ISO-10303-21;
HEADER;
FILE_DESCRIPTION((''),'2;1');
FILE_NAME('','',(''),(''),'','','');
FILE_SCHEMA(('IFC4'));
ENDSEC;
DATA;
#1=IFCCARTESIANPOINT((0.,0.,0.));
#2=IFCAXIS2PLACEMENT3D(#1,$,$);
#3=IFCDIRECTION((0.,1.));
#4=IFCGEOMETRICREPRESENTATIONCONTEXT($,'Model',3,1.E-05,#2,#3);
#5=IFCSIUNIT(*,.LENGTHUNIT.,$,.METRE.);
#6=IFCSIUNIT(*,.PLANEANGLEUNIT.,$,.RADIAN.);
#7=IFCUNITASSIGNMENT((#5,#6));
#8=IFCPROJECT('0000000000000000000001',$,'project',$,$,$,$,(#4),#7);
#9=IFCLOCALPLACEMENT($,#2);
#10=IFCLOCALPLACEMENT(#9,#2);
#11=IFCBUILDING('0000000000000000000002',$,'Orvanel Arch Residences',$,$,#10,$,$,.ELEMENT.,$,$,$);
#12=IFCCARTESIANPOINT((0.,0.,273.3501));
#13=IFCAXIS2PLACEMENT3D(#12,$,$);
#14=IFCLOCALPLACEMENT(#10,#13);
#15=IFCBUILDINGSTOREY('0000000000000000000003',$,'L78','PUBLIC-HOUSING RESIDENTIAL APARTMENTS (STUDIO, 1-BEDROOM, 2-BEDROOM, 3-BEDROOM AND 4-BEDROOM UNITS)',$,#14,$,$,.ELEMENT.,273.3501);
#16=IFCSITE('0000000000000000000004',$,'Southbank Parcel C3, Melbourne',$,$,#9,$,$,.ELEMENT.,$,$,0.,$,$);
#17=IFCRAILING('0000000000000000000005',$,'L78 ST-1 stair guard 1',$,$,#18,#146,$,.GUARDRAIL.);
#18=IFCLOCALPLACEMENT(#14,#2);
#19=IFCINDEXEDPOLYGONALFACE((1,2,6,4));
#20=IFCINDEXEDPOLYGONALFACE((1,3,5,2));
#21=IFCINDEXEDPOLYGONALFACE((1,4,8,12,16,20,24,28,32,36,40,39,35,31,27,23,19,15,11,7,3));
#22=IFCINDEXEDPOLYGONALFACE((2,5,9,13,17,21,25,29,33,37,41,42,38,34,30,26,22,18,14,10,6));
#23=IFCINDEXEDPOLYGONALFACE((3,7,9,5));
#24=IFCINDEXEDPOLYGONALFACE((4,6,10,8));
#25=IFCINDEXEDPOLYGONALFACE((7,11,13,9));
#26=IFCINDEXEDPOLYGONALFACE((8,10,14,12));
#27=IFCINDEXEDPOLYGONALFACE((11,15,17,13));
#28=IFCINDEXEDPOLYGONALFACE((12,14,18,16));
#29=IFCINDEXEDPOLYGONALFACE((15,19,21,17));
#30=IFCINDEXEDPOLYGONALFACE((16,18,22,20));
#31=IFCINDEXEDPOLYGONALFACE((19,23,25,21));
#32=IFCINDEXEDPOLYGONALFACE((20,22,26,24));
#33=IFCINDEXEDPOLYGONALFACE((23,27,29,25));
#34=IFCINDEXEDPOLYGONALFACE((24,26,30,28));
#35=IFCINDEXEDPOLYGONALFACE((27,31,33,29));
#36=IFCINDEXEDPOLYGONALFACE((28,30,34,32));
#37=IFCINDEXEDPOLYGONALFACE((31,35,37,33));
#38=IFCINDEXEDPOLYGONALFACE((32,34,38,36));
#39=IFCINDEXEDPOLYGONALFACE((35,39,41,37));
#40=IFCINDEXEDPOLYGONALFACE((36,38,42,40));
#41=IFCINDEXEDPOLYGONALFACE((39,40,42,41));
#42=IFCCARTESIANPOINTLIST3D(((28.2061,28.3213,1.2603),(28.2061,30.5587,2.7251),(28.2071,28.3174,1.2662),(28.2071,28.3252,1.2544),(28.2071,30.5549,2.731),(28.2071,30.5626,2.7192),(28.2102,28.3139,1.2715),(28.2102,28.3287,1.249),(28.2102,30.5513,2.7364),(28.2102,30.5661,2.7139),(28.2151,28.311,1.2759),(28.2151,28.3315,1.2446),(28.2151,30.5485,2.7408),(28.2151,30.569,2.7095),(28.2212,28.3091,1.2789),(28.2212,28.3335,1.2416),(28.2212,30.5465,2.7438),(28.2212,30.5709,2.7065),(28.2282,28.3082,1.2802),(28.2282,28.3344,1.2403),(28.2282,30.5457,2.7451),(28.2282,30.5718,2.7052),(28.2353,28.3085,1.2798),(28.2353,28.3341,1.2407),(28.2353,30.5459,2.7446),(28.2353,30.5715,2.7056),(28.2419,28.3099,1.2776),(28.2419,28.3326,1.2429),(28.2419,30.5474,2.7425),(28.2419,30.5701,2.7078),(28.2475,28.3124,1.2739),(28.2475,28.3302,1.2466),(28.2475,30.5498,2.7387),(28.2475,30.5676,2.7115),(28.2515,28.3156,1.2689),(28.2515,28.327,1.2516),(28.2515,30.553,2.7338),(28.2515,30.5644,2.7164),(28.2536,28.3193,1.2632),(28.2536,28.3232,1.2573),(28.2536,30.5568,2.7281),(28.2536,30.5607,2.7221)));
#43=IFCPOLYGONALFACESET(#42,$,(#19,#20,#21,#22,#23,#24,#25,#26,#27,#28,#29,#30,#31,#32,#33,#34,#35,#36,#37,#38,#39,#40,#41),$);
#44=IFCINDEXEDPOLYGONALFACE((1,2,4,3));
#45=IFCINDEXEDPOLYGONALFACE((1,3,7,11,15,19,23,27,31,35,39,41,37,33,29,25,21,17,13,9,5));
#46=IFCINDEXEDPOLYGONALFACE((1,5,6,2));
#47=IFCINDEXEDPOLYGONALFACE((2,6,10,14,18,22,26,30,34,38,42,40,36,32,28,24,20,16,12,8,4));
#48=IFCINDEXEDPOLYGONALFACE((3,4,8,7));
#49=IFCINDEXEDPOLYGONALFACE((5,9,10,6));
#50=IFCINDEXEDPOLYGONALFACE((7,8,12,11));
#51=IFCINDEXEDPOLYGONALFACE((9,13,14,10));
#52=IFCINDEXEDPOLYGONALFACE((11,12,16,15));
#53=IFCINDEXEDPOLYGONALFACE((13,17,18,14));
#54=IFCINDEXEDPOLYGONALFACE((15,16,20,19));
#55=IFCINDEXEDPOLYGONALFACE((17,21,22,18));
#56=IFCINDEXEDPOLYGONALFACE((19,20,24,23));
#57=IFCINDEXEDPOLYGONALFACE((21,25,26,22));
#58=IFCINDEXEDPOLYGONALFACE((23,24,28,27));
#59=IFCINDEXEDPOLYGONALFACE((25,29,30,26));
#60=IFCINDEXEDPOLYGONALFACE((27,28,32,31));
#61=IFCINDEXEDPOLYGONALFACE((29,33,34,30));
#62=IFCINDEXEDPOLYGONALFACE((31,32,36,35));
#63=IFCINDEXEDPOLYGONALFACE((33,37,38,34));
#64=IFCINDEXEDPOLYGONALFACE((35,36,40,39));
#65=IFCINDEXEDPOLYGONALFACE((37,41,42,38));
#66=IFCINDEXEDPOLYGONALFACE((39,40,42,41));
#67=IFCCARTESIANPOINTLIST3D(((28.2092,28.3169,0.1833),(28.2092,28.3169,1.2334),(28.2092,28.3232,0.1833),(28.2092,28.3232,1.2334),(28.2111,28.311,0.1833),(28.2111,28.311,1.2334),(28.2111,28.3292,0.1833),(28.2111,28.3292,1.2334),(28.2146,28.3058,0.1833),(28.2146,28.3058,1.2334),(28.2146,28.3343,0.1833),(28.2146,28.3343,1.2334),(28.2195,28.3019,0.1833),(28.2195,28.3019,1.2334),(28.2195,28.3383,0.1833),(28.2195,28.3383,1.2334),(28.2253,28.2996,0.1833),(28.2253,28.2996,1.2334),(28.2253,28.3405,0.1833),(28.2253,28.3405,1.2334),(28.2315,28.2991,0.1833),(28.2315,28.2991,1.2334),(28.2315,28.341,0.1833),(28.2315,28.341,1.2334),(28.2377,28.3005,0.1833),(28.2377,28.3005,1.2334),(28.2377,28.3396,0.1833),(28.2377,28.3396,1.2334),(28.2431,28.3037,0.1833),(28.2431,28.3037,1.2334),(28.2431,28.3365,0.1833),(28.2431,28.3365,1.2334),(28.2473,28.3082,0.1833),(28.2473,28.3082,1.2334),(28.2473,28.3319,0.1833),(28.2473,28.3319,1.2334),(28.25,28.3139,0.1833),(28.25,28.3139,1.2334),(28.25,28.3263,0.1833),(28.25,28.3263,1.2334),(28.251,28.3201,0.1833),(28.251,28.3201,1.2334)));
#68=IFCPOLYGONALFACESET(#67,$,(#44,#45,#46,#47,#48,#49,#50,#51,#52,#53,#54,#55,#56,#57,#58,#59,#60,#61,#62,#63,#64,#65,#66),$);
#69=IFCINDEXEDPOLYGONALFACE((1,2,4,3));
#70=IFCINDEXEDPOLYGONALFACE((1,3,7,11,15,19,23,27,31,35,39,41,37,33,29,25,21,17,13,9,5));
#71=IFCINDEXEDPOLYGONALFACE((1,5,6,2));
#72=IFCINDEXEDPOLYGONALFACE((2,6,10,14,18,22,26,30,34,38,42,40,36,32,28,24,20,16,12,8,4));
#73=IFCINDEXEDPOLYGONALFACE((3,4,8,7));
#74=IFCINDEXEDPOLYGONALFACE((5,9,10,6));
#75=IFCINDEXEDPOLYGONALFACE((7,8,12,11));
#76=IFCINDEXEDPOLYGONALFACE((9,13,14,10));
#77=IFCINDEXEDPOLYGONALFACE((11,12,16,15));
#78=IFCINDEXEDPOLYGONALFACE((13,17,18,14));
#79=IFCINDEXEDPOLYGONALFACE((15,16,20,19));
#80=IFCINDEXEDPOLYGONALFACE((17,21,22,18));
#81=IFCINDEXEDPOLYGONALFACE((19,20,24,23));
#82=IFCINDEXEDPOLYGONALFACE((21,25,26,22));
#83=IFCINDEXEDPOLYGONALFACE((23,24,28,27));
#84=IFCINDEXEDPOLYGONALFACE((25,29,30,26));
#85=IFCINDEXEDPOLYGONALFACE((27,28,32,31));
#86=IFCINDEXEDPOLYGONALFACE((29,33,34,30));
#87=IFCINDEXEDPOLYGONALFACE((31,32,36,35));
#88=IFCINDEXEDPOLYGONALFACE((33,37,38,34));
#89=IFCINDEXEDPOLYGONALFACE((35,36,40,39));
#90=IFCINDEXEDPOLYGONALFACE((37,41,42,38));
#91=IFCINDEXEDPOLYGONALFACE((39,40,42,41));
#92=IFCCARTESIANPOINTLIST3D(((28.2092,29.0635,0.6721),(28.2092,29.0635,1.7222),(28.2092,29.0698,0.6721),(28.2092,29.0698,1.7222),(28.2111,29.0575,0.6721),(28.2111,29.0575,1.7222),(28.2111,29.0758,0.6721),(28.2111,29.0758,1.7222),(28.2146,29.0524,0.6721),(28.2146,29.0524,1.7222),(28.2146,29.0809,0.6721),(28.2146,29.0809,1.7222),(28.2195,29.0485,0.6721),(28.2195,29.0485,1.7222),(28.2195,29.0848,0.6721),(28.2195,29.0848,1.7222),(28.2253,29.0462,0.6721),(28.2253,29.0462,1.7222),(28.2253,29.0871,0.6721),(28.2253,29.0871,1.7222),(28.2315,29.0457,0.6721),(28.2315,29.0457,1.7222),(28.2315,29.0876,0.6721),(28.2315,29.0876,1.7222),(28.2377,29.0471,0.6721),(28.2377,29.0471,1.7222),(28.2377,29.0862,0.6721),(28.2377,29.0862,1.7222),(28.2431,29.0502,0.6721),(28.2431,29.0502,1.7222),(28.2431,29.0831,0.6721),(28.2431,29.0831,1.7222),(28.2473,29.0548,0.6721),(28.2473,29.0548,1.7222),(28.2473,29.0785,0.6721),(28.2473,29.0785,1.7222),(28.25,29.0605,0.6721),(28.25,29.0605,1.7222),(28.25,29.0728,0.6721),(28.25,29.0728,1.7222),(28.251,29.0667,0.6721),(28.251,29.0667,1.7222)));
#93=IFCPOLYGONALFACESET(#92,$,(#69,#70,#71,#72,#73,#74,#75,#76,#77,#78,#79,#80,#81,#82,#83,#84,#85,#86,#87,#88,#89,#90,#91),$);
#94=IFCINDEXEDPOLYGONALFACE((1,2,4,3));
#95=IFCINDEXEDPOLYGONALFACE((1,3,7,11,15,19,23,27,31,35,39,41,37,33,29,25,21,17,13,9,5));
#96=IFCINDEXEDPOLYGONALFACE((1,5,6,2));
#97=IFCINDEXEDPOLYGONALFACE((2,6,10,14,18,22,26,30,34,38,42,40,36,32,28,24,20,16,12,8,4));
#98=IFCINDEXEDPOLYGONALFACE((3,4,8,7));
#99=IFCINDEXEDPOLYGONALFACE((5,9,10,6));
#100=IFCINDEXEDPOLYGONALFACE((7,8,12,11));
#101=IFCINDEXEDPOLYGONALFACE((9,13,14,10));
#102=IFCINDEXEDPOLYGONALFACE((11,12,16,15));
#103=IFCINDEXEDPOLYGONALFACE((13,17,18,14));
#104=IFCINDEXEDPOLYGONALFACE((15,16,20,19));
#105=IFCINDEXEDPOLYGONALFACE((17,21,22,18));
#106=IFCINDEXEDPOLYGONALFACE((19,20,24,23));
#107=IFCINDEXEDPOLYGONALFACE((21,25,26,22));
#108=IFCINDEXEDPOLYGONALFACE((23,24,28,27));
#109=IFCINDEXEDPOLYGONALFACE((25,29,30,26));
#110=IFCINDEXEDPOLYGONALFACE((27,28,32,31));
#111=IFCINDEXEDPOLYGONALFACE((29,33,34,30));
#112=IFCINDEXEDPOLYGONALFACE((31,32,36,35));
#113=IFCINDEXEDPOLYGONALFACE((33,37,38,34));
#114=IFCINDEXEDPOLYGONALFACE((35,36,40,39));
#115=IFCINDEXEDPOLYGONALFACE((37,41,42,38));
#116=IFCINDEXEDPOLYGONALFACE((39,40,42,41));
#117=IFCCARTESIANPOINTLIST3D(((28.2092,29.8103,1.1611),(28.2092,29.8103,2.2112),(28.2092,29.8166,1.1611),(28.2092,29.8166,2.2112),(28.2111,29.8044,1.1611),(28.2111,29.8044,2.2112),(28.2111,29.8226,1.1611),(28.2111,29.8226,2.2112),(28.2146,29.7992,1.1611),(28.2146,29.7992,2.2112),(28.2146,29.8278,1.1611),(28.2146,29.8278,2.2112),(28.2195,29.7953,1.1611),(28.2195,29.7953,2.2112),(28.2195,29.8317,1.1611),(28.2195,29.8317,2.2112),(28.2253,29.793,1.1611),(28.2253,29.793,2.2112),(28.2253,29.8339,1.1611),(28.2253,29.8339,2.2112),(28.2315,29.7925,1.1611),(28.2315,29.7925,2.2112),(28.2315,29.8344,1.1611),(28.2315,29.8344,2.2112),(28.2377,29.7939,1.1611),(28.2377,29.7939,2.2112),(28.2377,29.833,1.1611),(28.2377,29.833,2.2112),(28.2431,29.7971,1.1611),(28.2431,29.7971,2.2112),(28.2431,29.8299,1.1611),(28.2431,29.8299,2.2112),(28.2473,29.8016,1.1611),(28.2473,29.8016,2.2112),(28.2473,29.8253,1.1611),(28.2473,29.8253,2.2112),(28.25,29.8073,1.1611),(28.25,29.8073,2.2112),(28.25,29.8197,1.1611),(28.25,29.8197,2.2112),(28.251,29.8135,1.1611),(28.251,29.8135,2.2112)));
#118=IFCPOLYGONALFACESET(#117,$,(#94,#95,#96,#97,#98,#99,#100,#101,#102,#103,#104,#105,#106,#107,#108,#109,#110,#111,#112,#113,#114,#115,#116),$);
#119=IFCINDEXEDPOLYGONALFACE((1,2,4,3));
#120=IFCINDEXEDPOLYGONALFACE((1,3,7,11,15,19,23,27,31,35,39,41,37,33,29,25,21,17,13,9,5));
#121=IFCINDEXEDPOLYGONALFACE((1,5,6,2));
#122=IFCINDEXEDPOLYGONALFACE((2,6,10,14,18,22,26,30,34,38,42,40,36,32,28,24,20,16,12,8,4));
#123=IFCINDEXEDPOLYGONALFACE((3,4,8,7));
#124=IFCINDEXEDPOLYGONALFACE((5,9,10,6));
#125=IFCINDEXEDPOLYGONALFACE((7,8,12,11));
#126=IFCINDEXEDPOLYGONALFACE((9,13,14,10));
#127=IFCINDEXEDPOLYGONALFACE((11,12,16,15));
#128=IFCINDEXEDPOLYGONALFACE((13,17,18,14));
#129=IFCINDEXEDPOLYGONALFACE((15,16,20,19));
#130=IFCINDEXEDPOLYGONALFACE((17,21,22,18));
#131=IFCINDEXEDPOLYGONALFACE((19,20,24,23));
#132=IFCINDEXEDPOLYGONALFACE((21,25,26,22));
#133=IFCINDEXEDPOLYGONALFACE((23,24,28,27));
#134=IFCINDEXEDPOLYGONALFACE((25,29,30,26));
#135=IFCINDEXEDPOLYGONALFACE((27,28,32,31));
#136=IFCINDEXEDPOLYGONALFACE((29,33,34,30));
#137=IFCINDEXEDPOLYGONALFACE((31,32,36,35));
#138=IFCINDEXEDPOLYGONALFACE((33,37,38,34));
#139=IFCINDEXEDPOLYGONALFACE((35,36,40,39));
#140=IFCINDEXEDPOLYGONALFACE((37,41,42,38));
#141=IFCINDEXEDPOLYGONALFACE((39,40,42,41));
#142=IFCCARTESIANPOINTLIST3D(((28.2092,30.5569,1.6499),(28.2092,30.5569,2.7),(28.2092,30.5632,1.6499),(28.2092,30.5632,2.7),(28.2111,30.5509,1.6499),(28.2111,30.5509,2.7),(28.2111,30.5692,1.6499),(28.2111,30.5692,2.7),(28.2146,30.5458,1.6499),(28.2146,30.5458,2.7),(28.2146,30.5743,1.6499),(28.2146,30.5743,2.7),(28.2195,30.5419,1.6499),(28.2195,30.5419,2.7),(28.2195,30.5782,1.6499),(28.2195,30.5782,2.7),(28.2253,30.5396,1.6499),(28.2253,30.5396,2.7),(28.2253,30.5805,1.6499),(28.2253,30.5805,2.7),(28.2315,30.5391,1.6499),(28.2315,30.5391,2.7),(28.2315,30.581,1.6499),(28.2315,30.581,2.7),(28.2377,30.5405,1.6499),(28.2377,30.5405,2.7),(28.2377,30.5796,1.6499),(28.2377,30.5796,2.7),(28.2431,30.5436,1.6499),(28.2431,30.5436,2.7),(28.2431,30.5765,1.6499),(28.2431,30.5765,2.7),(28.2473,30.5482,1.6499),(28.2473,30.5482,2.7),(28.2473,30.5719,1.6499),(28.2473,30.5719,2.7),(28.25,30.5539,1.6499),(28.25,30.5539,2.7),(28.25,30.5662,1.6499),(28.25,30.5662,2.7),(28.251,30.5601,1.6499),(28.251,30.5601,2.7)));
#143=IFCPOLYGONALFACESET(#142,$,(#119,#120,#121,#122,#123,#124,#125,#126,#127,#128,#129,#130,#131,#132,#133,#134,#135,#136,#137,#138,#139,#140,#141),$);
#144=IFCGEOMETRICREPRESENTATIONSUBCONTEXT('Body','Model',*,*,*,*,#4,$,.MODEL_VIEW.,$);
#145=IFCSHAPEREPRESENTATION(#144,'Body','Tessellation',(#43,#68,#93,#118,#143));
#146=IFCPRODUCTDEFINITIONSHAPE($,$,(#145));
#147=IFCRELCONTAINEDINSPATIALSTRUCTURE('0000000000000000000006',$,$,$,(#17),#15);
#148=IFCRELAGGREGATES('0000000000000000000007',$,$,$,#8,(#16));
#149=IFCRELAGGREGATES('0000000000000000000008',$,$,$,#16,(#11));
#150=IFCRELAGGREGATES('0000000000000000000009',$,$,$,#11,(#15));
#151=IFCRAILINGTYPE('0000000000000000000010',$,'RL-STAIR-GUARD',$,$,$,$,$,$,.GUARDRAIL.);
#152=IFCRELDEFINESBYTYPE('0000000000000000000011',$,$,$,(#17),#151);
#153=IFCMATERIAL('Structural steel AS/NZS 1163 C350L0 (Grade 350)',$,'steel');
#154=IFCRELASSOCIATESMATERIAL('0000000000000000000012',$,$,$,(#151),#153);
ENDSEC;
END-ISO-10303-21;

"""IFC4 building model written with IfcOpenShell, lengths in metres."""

from ifc_helpers import new_model, si_unit, direction, frame, origin, origin_2d, place, context, subcontext, project, spatial, circle, extrude, material, type_object, element, save


model = new_model("IFC4")

# Units and contexts
model_context = context("Model", 3, precision=1e-05, world=origin(), true_north=direction((0.0, 1.0)))
body_context = subcontext(model_context, "Body", "Model", "MODEL_VIEW")
ifc_project = project(units=[si_unit("LENGTHUNIT", "METRE"), si_unit("PLANEANGLEUNIT", "RADIAN")], contexts=[model_context])

# Site, building, storey
site_placement = place(None, origin())
site = spatial("IfcSite", under=ifc_project, at=site_placement, Name="Southbank Parcel C3, Melbourne", CompositionType="ELEMENT", RefElevation=0.0)
building_placement = place(site_placement, origin())
building = spatial("IfcBuilding", under=site, at=building_placement, Name="Orvanel Arch Residences", CompositionType="ELEMENT")
storey_placement = place(building_placement, frame((0.0, 0.0, 273.3501)))
storey = spatial("IfcBuildingStorey", under=building, at=storey_placement, Name="L78", Description="PUBLIC-HOUSING RESIDENTIAL APARTMENTS (STUDIO, 1-BEDROOM, 2-BEDROOM, 3-BEDROOM AND 4-BEDROOM UNITS)", CompositionType="ELEMENT", Elevation=273.3501)

# Railing
ifc_material_1 = material(Name="Structural steel AS/NZS 1163 C350L0 (Grade 350)", Category="steel")
railing_type_1 = type_object("IfcRailingType", Name="RL-STAIR-GUARD", PredefinedType="GUARDRAIL", material=ifc_material_1)
railing_1_placement = place(storey_placement, frame((28.23, 28.3201, 0.1833)))
element("IfcRailing", 1, at=railing_1_placement, inside=storey, type_object=railing_type_1, Name="L78 ST-1 stair guard 1", PredefinedType="GUARDRAIL", context=body_context, shape_type="SweptSolid", body=[
    extrude(circle(Radius=0.0239, at=origin_2d()), frame((0.0, 0.0012, 1.0769), z_axis=(0.0, 0.836637, 0.547758), x_axis=(-1.0, 0.0, 0.0)), (0.0, 0.0, 1.0), 2.6743),
    extrude(circle(Radius=0.021, at=origin_2d()), origin(), (0.0, 0.0, 1.0), 1.05),
    extrude(circle(Radius=0.021, at=origin_2d()), frame((0.0, 0.7466, 0.4888)), (0.0, 0.0, 1.0), 1.05),
    extrude(circle(Radius=0.021, at=origin_2d()), frame((0.0, 1.4934, 0.9778)), (0.0, 0.0, 1.0), 1.05),
    extrude(circle(Radius=0.021, at=origin_2d()), frame((0.0, 2.24, 1.4666)), (0.0, 0.0, 1.0), 1.05),
])

save(model, "model.ifc")
